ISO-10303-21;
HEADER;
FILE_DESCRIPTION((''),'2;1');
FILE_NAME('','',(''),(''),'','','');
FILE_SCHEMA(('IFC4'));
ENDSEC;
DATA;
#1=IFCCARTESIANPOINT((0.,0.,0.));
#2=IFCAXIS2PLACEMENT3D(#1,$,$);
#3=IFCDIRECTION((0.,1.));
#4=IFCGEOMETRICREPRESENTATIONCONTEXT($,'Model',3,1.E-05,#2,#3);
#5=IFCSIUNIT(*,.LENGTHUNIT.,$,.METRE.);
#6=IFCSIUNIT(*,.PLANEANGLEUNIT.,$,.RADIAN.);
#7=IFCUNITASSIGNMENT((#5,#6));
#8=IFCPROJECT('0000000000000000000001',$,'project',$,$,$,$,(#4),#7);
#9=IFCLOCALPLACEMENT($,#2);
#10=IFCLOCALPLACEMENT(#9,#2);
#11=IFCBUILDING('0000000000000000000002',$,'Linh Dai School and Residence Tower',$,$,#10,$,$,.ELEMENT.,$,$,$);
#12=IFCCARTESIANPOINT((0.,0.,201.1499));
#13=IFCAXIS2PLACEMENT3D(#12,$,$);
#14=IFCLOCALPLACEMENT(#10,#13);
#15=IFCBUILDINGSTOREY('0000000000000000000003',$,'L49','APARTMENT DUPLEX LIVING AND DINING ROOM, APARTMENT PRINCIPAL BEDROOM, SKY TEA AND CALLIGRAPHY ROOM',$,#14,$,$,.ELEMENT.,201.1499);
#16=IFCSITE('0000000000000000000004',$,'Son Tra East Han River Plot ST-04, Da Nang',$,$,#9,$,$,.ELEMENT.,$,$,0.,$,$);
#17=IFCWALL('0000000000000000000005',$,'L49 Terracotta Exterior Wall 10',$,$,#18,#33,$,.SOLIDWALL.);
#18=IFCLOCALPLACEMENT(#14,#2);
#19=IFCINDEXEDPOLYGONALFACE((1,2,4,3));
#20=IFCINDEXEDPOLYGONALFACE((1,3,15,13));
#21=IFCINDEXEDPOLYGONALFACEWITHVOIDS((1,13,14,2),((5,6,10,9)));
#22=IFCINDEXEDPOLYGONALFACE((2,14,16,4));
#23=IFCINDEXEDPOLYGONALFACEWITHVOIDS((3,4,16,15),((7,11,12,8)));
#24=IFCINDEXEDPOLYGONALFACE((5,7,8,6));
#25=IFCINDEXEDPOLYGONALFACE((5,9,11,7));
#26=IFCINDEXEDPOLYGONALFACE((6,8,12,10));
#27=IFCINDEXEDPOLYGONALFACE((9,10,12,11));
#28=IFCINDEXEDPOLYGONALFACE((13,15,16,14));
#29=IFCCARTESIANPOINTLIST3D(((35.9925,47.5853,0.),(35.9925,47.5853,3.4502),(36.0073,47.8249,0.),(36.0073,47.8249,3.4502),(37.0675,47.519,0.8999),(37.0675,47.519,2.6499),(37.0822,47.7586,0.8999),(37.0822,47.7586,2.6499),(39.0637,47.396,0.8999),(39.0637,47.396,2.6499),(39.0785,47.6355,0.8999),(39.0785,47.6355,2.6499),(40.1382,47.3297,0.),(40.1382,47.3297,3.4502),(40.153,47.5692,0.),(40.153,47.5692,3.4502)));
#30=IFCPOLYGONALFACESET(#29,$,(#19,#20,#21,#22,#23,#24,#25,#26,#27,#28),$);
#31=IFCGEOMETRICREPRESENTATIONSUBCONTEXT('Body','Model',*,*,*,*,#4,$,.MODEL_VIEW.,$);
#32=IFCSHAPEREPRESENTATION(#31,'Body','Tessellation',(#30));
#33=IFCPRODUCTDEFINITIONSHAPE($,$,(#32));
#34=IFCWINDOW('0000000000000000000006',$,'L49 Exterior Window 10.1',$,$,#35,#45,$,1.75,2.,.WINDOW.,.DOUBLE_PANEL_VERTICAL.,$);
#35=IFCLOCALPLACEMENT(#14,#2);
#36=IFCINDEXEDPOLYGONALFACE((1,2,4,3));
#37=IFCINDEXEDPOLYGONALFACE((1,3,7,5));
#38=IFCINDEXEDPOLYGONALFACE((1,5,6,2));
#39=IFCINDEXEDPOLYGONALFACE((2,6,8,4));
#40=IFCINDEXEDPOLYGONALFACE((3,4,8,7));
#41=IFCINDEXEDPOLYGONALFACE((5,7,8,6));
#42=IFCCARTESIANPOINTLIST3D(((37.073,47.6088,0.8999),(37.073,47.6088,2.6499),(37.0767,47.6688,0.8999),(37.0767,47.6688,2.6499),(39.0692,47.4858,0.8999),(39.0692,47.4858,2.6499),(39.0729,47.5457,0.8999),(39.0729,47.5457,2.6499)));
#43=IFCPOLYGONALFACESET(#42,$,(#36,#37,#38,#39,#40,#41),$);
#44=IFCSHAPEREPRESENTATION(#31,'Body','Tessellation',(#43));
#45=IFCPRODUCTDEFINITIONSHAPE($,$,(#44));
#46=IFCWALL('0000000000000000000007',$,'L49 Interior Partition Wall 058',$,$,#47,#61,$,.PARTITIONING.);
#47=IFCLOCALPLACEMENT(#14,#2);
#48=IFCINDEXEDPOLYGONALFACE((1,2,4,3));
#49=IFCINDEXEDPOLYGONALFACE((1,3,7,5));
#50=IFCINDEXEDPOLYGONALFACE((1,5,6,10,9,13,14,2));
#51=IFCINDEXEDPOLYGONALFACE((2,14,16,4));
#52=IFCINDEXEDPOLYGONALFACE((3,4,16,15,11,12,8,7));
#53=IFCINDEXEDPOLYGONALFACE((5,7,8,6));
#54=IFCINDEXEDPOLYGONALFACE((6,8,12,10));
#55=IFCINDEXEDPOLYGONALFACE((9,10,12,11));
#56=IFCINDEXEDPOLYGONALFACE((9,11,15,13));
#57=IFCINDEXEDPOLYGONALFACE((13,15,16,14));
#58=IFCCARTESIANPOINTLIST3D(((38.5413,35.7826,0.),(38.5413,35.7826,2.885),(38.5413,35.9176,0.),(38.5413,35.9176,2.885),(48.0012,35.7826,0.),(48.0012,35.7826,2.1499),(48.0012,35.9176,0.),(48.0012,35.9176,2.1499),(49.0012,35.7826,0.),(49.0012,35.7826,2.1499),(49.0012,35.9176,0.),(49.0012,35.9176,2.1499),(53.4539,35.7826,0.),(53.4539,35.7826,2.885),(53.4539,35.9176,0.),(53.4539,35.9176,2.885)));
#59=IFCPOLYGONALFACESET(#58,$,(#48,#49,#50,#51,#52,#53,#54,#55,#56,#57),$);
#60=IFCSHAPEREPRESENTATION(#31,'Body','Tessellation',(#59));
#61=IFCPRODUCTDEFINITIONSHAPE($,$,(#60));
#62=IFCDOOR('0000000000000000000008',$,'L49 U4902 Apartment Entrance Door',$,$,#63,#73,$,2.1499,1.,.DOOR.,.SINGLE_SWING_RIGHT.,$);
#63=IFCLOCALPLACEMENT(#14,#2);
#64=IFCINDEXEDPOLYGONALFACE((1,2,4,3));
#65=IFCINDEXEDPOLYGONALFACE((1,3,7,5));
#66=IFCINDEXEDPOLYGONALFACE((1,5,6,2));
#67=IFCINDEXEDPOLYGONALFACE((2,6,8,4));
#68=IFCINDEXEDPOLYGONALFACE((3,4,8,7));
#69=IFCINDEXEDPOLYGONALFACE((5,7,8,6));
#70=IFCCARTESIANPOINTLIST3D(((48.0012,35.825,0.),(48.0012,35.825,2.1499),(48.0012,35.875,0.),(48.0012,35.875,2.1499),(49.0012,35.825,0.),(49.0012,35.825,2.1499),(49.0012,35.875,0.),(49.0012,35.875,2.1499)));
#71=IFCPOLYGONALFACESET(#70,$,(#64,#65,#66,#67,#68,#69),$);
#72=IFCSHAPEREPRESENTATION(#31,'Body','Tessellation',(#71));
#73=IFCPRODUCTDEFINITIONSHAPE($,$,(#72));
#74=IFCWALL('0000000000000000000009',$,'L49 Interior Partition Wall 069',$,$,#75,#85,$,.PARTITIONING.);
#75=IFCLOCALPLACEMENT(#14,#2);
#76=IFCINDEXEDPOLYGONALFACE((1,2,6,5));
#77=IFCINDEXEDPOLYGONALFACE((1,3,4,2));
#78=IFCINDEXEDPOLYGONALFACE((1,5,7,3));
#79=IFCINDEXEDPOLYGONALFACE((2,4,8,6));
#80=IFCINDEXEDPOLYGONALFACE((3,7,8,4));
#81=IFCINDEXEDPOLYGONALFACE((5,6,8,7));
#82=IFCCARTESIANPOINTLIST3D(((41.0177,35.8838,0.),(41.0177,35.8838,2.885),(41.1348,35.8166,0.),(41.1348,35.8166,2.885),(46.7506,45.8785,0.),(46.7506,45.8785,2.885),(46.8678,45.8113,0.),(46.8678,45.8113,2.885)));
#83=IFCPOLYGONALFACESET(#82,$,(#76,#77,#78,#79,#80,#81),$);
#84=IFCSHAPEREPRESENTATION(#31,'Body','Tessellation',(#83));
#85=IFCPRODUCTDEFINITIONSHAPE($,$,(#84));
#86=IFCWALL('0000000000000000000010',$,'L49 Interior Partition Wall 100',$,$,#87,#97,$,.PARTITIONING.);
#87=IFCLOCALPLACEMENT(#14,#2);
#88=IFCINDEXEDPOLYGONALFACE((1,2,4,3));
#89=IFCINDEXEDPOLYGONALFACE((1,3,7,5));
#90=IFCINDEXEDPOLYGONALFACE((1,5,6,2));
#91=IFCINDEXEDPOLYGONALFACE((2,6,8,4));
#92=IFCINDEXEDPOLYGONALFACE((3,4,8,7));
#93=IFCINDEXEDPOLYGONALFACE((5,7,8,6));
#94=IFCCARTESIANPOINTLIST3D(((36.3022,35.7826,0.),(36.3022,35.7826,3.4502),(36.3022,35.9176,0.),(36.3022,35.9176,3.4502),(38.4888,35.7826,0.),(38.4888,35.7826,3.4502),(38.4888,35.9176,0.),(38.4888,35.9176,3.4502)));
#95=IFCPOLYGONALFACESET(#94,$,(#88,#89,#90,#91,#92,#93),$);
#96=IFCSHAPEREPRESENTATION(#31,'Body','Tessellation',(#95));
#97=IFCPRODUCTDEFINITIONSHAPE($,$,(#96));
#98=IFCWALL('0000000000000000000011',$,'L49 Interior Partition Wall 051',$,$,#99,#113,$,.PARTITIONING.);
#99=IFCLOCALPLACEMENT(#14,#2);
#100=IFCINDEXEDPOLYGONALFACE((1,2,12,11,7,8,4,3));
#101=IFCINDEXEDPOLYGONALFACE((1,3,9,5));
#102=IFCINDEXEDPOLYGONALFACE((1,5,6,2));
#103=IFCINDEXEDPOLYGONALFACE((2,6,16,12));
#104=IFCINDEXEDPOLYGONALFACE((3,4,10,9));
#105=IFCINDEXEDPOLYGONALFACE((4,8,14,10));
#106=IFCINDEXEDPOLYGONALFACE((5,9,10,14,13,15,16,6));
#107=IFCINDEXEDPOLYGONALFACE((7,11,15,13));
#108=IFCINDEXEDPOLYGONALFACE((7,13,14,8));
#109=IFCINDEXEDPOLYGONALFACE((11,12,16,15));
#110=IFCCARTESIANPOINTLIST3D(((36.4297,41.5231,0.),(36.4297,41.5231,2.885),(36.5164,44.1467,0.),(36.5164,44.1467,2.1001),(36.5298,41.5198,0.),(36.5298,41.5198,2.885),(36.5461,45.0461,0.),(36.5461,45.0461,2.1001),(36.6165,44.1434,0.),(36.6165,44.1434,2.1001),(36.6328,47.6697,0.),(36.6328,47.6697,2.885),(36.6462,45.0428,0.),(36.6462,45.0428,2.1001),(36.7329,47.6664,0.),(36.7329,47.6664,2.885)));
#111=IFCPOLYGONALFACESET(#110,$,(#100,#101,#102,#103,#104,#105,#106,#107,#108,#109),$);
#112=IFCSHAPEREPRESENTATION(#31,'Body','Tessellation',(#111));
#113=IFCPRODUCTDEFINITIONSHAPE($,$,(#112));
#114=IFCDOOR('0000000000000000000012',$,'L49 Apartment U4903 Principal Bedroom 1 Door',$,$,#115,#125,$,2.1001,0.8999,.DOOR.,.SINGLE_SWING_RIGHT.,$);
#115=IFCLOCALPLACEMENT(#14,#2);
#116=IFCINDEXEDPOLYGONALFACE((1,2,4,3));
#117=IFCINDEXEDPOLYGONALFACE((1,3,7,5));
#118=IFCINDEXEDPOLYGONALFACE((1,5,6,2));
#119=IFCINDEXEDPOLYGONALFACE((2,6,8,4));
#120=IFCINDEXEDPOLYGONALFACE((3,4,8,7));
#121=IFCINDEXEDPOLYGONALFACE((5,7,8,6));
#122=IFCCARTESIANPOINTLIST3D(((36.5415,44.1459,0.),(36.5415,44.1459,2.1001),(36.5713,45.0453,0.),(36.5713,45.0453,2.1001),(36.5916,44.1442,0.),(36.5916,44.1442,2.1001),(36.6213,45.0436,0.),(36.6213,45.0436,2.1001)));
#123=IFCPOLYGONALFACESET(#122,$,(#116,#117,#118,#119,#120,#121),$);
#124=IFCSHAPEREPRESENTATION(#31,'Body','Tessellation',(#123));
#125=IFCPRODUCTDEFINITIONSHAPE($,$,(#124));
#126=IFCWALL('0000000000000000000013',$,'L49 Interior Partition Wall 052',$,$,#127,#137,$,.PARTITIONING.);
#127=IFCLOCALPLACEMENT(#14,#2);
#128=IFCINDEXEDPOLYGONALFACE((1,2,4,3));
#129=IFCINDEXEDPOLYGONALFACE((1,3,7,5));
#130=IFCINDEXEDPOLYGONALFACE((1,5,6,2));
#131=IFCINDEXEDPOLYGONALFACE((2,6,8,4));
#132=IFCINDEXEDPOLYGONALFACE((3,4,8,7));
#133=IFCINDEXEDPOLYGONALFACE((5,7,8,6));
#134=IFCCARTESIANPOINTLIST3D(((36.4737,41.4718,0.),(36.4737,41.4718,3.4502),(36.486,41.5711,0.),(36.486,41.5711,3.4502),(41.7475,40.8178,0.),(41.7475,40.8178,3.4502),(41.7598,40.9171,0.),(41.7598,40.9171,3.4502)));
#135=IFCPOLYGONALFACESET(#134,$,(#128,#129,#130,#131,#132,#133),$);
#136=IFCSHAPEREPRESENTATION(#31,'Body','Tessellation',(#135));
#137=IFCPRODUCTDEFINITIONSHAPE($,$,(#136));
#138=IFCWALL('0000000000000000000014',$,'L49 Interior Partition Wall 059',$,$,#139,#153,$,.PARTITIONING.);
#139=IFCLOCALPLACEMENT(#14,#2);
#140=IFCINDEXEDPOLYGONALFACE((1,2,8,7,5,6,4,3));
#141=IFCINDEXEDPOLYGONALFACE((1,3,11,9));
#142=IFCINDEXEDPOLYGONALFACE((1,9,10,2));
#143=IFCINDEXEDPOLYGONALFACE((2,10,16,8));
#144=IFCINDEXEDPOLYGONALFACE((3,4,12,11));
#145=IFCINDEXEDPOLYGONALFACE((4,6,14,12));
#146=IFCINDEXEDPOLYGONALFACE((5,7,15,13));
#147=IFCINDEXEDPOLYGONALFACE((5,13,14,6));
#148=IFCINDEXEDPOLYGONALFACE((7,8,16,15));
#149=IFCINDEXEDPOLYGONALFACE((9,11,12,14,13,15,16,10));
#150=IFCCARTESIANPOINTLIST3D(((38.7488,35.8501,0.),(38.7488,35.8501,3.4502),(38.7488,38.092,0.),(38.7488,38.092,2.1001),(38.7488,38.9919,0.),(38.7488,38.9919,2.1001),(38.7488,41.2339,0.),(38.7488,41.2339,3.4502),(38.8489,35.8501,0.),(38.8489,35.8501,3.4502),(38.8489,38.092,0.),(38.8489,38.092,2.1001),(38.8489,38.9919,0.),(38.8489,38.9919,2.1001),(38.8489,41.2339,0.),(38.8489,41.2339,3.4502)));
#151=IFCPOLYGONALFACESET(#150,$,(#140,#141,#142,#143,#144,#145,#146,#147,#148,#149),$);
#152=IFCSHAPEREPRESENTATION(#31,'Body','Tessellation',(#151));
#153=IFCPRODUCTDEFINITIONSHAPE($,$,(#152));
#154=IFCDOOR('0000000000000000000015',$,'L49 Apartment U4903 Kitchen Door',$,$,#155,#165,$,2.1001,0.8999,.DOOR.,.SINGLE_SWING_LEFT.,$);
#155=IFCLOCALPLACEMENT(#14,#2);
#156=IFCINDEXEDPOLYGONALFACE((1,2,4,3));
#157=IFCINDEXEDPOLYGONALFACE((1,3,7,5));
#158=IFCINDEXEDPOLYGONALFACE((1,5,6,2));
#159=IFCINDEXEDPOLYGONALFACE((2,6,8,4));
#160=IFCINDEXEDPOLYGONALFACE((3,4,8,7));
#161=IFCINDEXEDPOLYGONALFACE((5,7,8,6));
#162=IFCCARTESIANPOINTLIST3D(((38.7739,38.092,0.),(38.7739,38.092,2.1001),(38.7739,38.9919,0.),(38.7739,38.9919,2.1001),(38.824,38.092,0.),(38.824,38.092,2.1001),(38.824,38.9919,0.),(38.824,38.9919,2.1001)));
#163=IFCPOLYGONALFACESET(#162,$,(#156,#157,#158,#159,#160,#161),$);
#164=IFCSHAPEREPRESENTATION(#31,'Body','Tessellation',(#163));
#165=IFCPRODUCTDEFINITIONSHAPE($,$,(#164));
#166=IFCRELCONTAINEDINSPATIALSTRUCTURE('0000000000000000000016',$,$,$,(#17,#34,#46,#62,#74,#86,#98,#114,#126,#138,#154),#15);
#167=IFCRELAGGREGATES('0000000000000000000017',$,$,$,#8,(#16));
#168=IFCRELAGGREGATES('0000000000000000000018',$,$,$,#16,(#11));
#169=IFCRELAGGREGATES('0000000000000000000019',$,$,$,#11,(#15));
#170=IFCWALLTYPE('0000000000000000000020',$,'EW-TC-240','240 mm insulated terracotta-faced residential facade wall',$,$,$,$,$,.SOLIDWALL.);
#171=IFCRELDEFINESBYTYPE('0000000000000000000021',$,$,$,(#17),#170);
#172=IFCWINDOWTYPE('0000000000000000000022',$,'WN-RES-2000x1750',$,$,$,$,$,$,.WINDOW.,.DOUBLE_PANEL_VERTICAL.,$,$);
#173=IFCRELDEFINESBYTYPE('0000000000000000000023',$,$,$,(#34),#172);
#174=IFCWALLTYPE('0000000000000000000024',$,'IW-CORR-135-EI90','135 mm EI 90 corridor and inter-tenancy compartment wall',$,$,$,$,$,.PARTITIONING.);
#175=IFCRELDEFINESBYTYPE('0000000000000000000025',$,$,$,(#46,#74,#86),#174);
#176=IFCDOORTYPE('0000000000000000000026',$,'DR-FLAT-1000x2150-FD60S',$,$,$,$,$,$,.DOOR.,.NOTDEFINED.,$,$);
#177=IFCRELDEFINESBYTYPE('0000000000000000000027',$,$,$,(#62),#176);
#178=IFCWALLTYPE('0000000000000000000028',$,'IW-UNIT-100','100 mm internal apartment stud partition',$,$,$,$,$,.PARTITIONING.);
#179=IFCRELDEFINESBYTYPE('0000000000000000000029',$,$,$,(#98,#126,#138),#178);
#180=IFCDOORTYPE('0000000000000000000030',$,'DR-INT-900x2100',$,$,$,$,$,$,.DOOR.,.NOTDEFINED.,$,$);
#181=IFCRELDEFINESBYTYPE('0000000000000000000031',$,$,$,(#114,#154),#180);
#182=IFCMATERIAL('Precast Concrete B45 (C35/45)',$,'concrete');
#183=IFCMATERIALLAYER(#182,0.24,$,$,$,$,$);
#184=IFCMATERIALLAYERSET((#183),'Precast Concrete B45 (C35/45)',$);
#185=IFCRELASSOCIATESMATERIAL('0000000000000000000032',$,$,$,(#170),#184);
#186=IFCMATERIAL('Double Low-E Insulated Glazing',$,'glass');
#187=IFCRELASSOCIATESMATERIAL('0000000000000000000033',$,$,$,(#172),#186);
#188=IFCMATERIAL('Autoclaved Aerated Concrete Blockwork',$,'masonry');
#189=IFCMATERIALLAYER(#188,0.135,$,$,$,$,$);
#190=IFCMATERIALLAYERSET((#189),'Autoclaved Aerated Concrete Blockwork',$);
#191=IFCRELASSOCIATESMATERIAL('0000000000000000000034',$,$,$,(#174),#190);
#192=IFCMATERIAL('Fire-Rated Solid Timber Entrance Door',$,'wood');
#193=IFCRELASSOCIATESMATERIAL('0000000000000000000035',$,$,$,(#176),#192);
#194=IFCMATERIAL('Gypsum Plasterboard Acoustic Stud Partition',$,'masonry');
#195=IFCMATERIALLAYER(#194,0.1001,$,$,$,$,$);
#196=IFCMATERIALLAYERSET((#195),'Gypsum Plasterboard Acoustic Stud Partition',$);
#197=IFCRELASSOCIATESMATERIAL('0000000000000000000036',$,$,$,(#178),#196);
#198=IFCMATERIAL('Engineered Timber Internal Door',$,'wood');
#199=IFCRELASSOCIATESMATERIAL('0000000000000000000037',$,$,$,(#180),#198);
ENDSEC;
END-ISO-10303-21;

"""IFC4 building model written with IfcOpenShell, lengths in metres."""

from ifc_helpers import new_model, si_unit, direction, frame, frame_2d, origin, origin_2d, place, context, subcontext, project, spatial, rectangle, extrude, source, transform, mapped, material, layer, layer_set, type_object, element, fill, save


model = new_model("IFC4")

# Units and contexts
model_context = context("Model", 3, precision=1e-05, world=origin(), true_north=direction((0.0, 1.0)))
body_context = subcontext(model_context, "Body", "Model", "MODEL_VIEW")
ifc_project = project(units=[si_unit("LENGTHUNIT", "METRE"), si_unit("PLANEANGLEUNIT", "RADIAN")], contexts=[model_context])

# Site, building, storey
site_placement = place(None, origin())
site = spatial("IfcSite", under=ifc_project, at=site_placement, Name="Son Tra East Han River Plot ST-04, Da Nang", CompositionType="ELEMENT", RefElevation=0.0)
building_placement = place(site_placement, origin())
building = spatial("IfcBuilding", under=site, at=building_placement, Name="Linh Dai School and Residence Tower", CompositionType="ELEMENT")
storey_placement = place(building_placement, frame((0.0, 0.0, 201.1499)))
storey = spatial("IfcBuildingStorey", under=building, at=storey_placement, Name="L49", Description="APARTMENT DUPLEX LIVING AND DINING ROOM, APARTMENT PRINCIPAL BEDROOM, SKY TEA AND CALLIGRAPHY ROOM", CompositionType="ELEMENT", Elevation=201.1499)

# Shared definitions
ifc_material_1 = material(Name="Precast Concrete B45 (C35/45)", Category="concrete")

# Wall, opening, window
ifc_layer_1 = layer(ifc_material_1, 0.24)
ifc_layer_set_1 = layer_set([ifc_layer_1], Name="Precast Concrete B45 (C35/45)")
wall_type_1 = type_object("IfcWallType", Name="EW-TC-240", Description="240 mm insulated terracotta-faced residential facade wall", PredefinedType="SOLIDWALL", material=ifc_layer_set_1)
ifc_material_2 = material(Name="Double Low-E Insulated Glazing", Category="glass")
window_type_1 = type_object("IfcWindowType", Name="WN-RES-2000x1750", PartitioningType="DOUBLE_PANEL_VERTICAL", PredefinedType="WINDOW", material=ifc_material_2)
shared_shape_1 = source(origin(), body_context, "Body", "SweptSolid", [
    extrude(rectangle(XDim=2.0, YDim=1.75, at=origin_2d()), frame((1.0, 0.03, 0.875), z_axis=(0.0, -1.0, 0.0), x_axis=(1.0, 0.0, 0.0)), (0.0, 0.0, 1.0), 0.0601),
])
wall_1_placement = place(storey_placement, frame((36.0, 47.7051, 0.0), z_axis=(0.0, 0.0, 1.0), x_axis=(0.998105, -0.06154, 0.0)))
wall_1 = element("IfcWall", 1, at=wall_1_placement, inside=storey, type_object=wall_type_1, Name="L49 Terracotta Exterior Wall 10", PredefinedType="SOLIDWALL", context=body_context, shape_type="SweptSolid", body=[
    extrude(rectangle(XDim=4.1536, YDim=0.24, at=frame_2d((2.0767, 0.0))), origin(), (0.0, 0.0, 1.0), 3.4502),
])
opening_1_placement = place(wall_1_placement, frame((1.0769, 0.0, 0.8999)))
opening_1 = element("IfcOpeningElement", 2, at=opening_1_placement, cuts=wall_1, PredefinedType="OPENING", context=body_context, shape_type="SweptSolid", body=[
    extrude(rectangle(XDim=2.0, YDim=1.75, at=origin_2d()), frame((1.0, 0.1299, 0.875), z_axis=(0.0, -1.0, 0.0), x_axis=(1.0, 0.0, 0.0)), (0.0, 0.0, 1.0), 0.26),
])
window_1_placement = place(opening_1_placement, origin())
window_1 = element("IfcWindow", 3, at=window_1_placement, inside=storey, type_object=window_type_1, Name="L49 Exterior Window 10.1", OverallHeight=1.75, OverallWidth=2.0, PartitioningType="DOUBLE_PANEL_VERTICAL", PredefinedType="WINDOW", context=body_context, shape_type="MappedRepresentation", body=[
    mapped(shared_shape_1, transform((0.0, 0.0, 0.0), x_axis=(1.0, 0.0, 0.0), y_axis=(0.0, 1.0, 0.0), z_axis=(0.0, 0.0, 1.0), scale=1.0)),
])
fill(opening_1, window_1)

# Wall, opening, door
ifc_material_3 = material(Name="Autoclaved Aerated Concrete Blockwork", Category="masonry")
ifc_layer_2 = layer(ifc_material_3, 0.135)
ifc_layer_set_2 = layer_set([ifc_layer_2], Name="Autoclaved Aerated Concrete Blockwork")
wall_type_2 = type_object("IfcWallType", Name="IW-CORR-135-EI90", Description="135 mm EI 90 corridor and inter-tenancy compartment wall", PredefinedType="PARTITIONING", material=ifc_layer_set_2)
wall_2_placement = place(storey_placement, frame((38.5413, 35.8501, 0.0), z_axis=(0.0, 0.0, 1.0), x_axis=(1.0, 0.0, 0.0)))
wall_2 = element("IfcWall", 4, at=wall_2_placement, inside=storey, type_object=wall_type_2, Name="L49 Interior Partition Wall 058", PredefinedType="PARTITIONING", context=body_context, shape_type="SweptSolid", body=[
    extrude(rectangle(XDim=14.9126, YDim=0.135, at=frame_2d((7.4563, 0.0))), origin(), (0.0, 0.0, 1.0), 2.885),
])
opening_2_placement = place(wall_2_placement, frame((9.46, 0.0, 0.0)))
opening_2 = element("IfcOpeningElement", 5, at=opening_2_placement, cuts=wall_2, PredefinedType="OPENING", context=body_context, shape_type="SweptSolid", body=[
    extrude(rectangle(XDim=1.0, YDim=2.1499, at=origin_2d()), frame((0.5, 0.0776, 1.075), z_axis=(0.0, -1.0, 0.0), x_axis=(1.0, 0.0, 0.0)), (0.0, 0.0, 1.0), 0.155),
])
ifc_material_4 = material(Name="Fire-Rated Solid Timber Entrance Door", Category="wood")
door_type_1 = type_object("IfcDoorType", Name="DR-FLAT-1000x2150-FD60S", OperationType="NOTDEFINED", PredefinedType="DOOR", material=ifc_material_4)
shared_shape_2 = source(origin(), body_context, "Body", "SweptSolid", [
    extrude(rectangle(XDim=1.0, YDim=2.1499, at=origin_2d()), frame((0.5, 0.0249, 1.075), z_axis=(0.0, -1.0, 0.0), x_axis=(1.0, 0.0, 0.0)), (0.0, 0.0, 1.0), 0.05),
])
door_1_placement = place(opening_2_placement, origin())
door_1 = element("IfcDoor", 6, at=door_1_placement, inside=storey, type_object=door_type_1, Name="L49 U4902 Apartment Entrance Door", OperationType="SINGLE_SWING_RIGHT", OverallHeight=2.1499, OverallWidth=1.0, PredefinedType="DOOR", context=body_context, shape_type="MappedRepresentation", body=[
    mapped(shared_shape_2, transform((0.0, 0.0, 0.0), x_axis=(1.0, 0.0, 0.0), y_axis=(0.0, 1.0, 0.0), z_axis=(0.0, 0.0, 1.0), scale=1.0)),
])
fill(opening_2, door_1)

# Walls
wall_3_placement = place(storey_placement, frame((41.0762, 35.8501, 0.0), z_axis=(0.0, 0.0, 1.0), x_axis=(0.497558, 0.867431, 0.0)))
element("IfcWall", 7, at=wall_3_placement, inside=storey, type_object=wall_type_2, Name="L49 Interior Partition Wall 069", PredefinedType="PARTITIONING", context=body_context, shape_type="SweptSolid", body=[
    extrude(rectangle(XDim=11.5222, YDim=0.135, at=frame_2d((5.7612, 0.0))), origin(), (0.0, 0.0, 1.0), 2.885),
])
wall_4_placement = place(storey_placement, frame((36.3022, 35.8501, 0.0), z_axis=(0.0, 0.0, 1.0), x_axis=(1.0, 0.0, 0.0)))
element("IfcWall", 8, at=wall_4_placement, inside=storey, type_object=wall_type_2, Name="L49 Interior Partition Wall 100", PredefinedType="PARTITIONING", context=body_context, shape_type="SweptSolid", body=[
    extrude(rectangle(XDim=2.1865, YDim=0.135, at=frame_2d((1.0933, 0.0))), origin(), (0.0, 0.0, 1.0), 3.4502),
])

# Wall, opening, door
ifc_material_5 = material(Name="Gypsum Plasterboard Acoustic Stud Partition", Category="masonry")
ifc_layer_3 = layer(ifc_material_5, 0.1001)
ifc_layer_set_3 = layer_set([ifc_layer_3], Name="Gypsum Plasterboard Acoustic Stud Partition")
wall_type_3 = type_object("IfcWallType", Name="IW-UNIT-100", Description="100 mm internal apartment stud partition", PredefinedType="PARTITIONING", material=ifc_layer_set_3)
wall_5_placement = place(storey_placement, frame((36.4797, 41.5215, 0.0), z_axis=(0.0, 0.0, 1.0), x_axis=(0.033029, 0.999454, 0.0)))
wall_5 = element("IfcWall", 9, at=wall_5_placement, inside=storey, type_object=wall_type_3, Name="L49 Interior Partition Wall 051", PredefinedType="PARTITIONING", context=body_context, shape_type="SweptSolid", body=[
    extrude(rectangle(XDim=6.1499, YDim=0.1001, at=frame_2d((3.075, 0.0))), origin(), (0.0, 0.0, 1.0), 2.885),
])
opening_3_placement = place(wall_5_placement, frame((2.625, 0.0, 0.0)))
opening_3 = element("IfcOpeningElement", 10, at=opening_3_placement, cuts=wall_5, PredefinedType="OPENING", context=body_context, shape_type="SweptSolid", body=[
    extrude(rectangle(XDim=0.8999, YDim=2.1001, at=origin_2d()), frame((0.45, 0.0601, 1.05), z_axis=(0.0, -1.0, 0.0), x_axis=(1.0, 0.0, 0.0)), (0.0, 0.0, 1.0), 0.1201),
])
ifc_material_6 = material(Name="Engineered Timber Internal Door", Category="wood")
door_type_2 = type_object("IfcDoorType", Name="DR-INT-900x2100", OperationType="NOTDEFINED", PredefinedType="DOOR", material=ifc_material_6)
shared_shape_3 = source(origin(), body_context, "Body", "SweptSolid", [
    extrude(rectangle(XDim=0.8999, YDim=2.1001, at=origin_2d()), frame((0.45, 0.0249, 1.05), z_axis=(0.0, -1.0, 0.0), x_axis=(1.0, 0.0, 0.0)), (0.0, 0.0, 1.0), 0.05),
])
door_2_placement = place(opening_3_placement, origin())
door_2 = element("IfcDoor", 11, at=door_2_placement, inside=storey, type_object=door_type_2, Name="L49 Apartment U4903 Principal Bedroom 1 Door", OperationType="SINGLE_SWING_RIGHT", OverallHeight=2.1001, OverallWidth=0.8999, PredefinedType="DOOR", context=body_context, shape_type="MappedRepresentation", body=[
    mapped(shared_shape_3, transform((0.0, 0.0, 0.0), x_axis=(1.0, 0.0, 0.0), y_axis=(0.0, 1.0, 0.0), z_axis=(0.0, 0.0, 1.0), scale=1.0)),
])
fill(opening_3, door_2)

# Wall
wall_6_placement = place(storey_placement, frame((36.4797, 41.5215, 0.0), z_axis=(0.0, 0.0, 1.0), x_axis=(0.992398, -0.123073, 0.0)))
element("IfcWall", 12, at=wall_6_placement, inside=storey, type_object=wall_type_3, Name="L49 Interior Partition Wall 052", PredefinedType="PARTITIONING", context=body_context, shape_type="SweptSolid", body=[
    extrude(rectangle(XDim=5.3142, YDim=0.1001, at=frame_2d((2.6572, 0.0))), origin(), (0.0, 0.0, 1.0), 3.4502),
])

# Wall, opening, door
wall_7_placement = place(storey_placement, frame((38.7988, 35.8501, 0.0), z_axis=(0.0, 0.0, 1.0), x_axis=(0.0, 1.0, 0.0)))
wall_7 = element("IfcWall", 13, at=wall_7_placement, inside=storey, type_object=wall_type_3, Name="L49 Interior Partition Wall 059", PredefinedType="PARTITIONING", context=body_context, shape_type="SweptSolid", body=[
    extrude(rectangle(XDim=5.3838, YDim=0.1001, at=frame_2d((2.6919, 0.0))), origin(), (0.0, 0.0, 1.0), 3.4502),
])
opening_4_placement = place(wall_7_placement, frame((2.2419, 0.0, 0.0)))
opening_4 = element("IfcOpeningElement", 14, at=opening_4_placement, cuts=wall_7, PredefinedType="OPENING", context=body_context, shape_type="SweptSolid", body=[
    extrude(rectangle(XDim=0.8999, YDim=2.1001, at=origin_2d()), frame((0.45, 0.0601, 1.05), z_axis=(0.0, -1.0, 0.0), x_axis=(1.0, 0.0, 0.0)), (0.0, 0.0, 1.0), 0.1201),
])
door_3_placement = place(opening_4_placement, origin())
door_3 = element("IfcDoor", 15, at=door_3_placement, inside=storey, type_object=door_type_2, Name="L49 Apartment U4903 Kitchen Door", OperationType="SINGLE_SWING_LEFT", OverallHeight=2.1001, OverallWidth=0.8999, PredefinedType="DOOR", context=body_context, shape_type="MappedRepresentation", body=[
    mapped(shared_shape_3, transform((0.0, 0.0, 0.0), x_axis=(1.0, 0.0, 0.0), y_axis=(0.0, 1.0, 0.0), z_axis=(0.0, 0.0, 1.0), scale=1.0)),
])
fill(opening_4, door_3)

save(model, "model.ifc")
